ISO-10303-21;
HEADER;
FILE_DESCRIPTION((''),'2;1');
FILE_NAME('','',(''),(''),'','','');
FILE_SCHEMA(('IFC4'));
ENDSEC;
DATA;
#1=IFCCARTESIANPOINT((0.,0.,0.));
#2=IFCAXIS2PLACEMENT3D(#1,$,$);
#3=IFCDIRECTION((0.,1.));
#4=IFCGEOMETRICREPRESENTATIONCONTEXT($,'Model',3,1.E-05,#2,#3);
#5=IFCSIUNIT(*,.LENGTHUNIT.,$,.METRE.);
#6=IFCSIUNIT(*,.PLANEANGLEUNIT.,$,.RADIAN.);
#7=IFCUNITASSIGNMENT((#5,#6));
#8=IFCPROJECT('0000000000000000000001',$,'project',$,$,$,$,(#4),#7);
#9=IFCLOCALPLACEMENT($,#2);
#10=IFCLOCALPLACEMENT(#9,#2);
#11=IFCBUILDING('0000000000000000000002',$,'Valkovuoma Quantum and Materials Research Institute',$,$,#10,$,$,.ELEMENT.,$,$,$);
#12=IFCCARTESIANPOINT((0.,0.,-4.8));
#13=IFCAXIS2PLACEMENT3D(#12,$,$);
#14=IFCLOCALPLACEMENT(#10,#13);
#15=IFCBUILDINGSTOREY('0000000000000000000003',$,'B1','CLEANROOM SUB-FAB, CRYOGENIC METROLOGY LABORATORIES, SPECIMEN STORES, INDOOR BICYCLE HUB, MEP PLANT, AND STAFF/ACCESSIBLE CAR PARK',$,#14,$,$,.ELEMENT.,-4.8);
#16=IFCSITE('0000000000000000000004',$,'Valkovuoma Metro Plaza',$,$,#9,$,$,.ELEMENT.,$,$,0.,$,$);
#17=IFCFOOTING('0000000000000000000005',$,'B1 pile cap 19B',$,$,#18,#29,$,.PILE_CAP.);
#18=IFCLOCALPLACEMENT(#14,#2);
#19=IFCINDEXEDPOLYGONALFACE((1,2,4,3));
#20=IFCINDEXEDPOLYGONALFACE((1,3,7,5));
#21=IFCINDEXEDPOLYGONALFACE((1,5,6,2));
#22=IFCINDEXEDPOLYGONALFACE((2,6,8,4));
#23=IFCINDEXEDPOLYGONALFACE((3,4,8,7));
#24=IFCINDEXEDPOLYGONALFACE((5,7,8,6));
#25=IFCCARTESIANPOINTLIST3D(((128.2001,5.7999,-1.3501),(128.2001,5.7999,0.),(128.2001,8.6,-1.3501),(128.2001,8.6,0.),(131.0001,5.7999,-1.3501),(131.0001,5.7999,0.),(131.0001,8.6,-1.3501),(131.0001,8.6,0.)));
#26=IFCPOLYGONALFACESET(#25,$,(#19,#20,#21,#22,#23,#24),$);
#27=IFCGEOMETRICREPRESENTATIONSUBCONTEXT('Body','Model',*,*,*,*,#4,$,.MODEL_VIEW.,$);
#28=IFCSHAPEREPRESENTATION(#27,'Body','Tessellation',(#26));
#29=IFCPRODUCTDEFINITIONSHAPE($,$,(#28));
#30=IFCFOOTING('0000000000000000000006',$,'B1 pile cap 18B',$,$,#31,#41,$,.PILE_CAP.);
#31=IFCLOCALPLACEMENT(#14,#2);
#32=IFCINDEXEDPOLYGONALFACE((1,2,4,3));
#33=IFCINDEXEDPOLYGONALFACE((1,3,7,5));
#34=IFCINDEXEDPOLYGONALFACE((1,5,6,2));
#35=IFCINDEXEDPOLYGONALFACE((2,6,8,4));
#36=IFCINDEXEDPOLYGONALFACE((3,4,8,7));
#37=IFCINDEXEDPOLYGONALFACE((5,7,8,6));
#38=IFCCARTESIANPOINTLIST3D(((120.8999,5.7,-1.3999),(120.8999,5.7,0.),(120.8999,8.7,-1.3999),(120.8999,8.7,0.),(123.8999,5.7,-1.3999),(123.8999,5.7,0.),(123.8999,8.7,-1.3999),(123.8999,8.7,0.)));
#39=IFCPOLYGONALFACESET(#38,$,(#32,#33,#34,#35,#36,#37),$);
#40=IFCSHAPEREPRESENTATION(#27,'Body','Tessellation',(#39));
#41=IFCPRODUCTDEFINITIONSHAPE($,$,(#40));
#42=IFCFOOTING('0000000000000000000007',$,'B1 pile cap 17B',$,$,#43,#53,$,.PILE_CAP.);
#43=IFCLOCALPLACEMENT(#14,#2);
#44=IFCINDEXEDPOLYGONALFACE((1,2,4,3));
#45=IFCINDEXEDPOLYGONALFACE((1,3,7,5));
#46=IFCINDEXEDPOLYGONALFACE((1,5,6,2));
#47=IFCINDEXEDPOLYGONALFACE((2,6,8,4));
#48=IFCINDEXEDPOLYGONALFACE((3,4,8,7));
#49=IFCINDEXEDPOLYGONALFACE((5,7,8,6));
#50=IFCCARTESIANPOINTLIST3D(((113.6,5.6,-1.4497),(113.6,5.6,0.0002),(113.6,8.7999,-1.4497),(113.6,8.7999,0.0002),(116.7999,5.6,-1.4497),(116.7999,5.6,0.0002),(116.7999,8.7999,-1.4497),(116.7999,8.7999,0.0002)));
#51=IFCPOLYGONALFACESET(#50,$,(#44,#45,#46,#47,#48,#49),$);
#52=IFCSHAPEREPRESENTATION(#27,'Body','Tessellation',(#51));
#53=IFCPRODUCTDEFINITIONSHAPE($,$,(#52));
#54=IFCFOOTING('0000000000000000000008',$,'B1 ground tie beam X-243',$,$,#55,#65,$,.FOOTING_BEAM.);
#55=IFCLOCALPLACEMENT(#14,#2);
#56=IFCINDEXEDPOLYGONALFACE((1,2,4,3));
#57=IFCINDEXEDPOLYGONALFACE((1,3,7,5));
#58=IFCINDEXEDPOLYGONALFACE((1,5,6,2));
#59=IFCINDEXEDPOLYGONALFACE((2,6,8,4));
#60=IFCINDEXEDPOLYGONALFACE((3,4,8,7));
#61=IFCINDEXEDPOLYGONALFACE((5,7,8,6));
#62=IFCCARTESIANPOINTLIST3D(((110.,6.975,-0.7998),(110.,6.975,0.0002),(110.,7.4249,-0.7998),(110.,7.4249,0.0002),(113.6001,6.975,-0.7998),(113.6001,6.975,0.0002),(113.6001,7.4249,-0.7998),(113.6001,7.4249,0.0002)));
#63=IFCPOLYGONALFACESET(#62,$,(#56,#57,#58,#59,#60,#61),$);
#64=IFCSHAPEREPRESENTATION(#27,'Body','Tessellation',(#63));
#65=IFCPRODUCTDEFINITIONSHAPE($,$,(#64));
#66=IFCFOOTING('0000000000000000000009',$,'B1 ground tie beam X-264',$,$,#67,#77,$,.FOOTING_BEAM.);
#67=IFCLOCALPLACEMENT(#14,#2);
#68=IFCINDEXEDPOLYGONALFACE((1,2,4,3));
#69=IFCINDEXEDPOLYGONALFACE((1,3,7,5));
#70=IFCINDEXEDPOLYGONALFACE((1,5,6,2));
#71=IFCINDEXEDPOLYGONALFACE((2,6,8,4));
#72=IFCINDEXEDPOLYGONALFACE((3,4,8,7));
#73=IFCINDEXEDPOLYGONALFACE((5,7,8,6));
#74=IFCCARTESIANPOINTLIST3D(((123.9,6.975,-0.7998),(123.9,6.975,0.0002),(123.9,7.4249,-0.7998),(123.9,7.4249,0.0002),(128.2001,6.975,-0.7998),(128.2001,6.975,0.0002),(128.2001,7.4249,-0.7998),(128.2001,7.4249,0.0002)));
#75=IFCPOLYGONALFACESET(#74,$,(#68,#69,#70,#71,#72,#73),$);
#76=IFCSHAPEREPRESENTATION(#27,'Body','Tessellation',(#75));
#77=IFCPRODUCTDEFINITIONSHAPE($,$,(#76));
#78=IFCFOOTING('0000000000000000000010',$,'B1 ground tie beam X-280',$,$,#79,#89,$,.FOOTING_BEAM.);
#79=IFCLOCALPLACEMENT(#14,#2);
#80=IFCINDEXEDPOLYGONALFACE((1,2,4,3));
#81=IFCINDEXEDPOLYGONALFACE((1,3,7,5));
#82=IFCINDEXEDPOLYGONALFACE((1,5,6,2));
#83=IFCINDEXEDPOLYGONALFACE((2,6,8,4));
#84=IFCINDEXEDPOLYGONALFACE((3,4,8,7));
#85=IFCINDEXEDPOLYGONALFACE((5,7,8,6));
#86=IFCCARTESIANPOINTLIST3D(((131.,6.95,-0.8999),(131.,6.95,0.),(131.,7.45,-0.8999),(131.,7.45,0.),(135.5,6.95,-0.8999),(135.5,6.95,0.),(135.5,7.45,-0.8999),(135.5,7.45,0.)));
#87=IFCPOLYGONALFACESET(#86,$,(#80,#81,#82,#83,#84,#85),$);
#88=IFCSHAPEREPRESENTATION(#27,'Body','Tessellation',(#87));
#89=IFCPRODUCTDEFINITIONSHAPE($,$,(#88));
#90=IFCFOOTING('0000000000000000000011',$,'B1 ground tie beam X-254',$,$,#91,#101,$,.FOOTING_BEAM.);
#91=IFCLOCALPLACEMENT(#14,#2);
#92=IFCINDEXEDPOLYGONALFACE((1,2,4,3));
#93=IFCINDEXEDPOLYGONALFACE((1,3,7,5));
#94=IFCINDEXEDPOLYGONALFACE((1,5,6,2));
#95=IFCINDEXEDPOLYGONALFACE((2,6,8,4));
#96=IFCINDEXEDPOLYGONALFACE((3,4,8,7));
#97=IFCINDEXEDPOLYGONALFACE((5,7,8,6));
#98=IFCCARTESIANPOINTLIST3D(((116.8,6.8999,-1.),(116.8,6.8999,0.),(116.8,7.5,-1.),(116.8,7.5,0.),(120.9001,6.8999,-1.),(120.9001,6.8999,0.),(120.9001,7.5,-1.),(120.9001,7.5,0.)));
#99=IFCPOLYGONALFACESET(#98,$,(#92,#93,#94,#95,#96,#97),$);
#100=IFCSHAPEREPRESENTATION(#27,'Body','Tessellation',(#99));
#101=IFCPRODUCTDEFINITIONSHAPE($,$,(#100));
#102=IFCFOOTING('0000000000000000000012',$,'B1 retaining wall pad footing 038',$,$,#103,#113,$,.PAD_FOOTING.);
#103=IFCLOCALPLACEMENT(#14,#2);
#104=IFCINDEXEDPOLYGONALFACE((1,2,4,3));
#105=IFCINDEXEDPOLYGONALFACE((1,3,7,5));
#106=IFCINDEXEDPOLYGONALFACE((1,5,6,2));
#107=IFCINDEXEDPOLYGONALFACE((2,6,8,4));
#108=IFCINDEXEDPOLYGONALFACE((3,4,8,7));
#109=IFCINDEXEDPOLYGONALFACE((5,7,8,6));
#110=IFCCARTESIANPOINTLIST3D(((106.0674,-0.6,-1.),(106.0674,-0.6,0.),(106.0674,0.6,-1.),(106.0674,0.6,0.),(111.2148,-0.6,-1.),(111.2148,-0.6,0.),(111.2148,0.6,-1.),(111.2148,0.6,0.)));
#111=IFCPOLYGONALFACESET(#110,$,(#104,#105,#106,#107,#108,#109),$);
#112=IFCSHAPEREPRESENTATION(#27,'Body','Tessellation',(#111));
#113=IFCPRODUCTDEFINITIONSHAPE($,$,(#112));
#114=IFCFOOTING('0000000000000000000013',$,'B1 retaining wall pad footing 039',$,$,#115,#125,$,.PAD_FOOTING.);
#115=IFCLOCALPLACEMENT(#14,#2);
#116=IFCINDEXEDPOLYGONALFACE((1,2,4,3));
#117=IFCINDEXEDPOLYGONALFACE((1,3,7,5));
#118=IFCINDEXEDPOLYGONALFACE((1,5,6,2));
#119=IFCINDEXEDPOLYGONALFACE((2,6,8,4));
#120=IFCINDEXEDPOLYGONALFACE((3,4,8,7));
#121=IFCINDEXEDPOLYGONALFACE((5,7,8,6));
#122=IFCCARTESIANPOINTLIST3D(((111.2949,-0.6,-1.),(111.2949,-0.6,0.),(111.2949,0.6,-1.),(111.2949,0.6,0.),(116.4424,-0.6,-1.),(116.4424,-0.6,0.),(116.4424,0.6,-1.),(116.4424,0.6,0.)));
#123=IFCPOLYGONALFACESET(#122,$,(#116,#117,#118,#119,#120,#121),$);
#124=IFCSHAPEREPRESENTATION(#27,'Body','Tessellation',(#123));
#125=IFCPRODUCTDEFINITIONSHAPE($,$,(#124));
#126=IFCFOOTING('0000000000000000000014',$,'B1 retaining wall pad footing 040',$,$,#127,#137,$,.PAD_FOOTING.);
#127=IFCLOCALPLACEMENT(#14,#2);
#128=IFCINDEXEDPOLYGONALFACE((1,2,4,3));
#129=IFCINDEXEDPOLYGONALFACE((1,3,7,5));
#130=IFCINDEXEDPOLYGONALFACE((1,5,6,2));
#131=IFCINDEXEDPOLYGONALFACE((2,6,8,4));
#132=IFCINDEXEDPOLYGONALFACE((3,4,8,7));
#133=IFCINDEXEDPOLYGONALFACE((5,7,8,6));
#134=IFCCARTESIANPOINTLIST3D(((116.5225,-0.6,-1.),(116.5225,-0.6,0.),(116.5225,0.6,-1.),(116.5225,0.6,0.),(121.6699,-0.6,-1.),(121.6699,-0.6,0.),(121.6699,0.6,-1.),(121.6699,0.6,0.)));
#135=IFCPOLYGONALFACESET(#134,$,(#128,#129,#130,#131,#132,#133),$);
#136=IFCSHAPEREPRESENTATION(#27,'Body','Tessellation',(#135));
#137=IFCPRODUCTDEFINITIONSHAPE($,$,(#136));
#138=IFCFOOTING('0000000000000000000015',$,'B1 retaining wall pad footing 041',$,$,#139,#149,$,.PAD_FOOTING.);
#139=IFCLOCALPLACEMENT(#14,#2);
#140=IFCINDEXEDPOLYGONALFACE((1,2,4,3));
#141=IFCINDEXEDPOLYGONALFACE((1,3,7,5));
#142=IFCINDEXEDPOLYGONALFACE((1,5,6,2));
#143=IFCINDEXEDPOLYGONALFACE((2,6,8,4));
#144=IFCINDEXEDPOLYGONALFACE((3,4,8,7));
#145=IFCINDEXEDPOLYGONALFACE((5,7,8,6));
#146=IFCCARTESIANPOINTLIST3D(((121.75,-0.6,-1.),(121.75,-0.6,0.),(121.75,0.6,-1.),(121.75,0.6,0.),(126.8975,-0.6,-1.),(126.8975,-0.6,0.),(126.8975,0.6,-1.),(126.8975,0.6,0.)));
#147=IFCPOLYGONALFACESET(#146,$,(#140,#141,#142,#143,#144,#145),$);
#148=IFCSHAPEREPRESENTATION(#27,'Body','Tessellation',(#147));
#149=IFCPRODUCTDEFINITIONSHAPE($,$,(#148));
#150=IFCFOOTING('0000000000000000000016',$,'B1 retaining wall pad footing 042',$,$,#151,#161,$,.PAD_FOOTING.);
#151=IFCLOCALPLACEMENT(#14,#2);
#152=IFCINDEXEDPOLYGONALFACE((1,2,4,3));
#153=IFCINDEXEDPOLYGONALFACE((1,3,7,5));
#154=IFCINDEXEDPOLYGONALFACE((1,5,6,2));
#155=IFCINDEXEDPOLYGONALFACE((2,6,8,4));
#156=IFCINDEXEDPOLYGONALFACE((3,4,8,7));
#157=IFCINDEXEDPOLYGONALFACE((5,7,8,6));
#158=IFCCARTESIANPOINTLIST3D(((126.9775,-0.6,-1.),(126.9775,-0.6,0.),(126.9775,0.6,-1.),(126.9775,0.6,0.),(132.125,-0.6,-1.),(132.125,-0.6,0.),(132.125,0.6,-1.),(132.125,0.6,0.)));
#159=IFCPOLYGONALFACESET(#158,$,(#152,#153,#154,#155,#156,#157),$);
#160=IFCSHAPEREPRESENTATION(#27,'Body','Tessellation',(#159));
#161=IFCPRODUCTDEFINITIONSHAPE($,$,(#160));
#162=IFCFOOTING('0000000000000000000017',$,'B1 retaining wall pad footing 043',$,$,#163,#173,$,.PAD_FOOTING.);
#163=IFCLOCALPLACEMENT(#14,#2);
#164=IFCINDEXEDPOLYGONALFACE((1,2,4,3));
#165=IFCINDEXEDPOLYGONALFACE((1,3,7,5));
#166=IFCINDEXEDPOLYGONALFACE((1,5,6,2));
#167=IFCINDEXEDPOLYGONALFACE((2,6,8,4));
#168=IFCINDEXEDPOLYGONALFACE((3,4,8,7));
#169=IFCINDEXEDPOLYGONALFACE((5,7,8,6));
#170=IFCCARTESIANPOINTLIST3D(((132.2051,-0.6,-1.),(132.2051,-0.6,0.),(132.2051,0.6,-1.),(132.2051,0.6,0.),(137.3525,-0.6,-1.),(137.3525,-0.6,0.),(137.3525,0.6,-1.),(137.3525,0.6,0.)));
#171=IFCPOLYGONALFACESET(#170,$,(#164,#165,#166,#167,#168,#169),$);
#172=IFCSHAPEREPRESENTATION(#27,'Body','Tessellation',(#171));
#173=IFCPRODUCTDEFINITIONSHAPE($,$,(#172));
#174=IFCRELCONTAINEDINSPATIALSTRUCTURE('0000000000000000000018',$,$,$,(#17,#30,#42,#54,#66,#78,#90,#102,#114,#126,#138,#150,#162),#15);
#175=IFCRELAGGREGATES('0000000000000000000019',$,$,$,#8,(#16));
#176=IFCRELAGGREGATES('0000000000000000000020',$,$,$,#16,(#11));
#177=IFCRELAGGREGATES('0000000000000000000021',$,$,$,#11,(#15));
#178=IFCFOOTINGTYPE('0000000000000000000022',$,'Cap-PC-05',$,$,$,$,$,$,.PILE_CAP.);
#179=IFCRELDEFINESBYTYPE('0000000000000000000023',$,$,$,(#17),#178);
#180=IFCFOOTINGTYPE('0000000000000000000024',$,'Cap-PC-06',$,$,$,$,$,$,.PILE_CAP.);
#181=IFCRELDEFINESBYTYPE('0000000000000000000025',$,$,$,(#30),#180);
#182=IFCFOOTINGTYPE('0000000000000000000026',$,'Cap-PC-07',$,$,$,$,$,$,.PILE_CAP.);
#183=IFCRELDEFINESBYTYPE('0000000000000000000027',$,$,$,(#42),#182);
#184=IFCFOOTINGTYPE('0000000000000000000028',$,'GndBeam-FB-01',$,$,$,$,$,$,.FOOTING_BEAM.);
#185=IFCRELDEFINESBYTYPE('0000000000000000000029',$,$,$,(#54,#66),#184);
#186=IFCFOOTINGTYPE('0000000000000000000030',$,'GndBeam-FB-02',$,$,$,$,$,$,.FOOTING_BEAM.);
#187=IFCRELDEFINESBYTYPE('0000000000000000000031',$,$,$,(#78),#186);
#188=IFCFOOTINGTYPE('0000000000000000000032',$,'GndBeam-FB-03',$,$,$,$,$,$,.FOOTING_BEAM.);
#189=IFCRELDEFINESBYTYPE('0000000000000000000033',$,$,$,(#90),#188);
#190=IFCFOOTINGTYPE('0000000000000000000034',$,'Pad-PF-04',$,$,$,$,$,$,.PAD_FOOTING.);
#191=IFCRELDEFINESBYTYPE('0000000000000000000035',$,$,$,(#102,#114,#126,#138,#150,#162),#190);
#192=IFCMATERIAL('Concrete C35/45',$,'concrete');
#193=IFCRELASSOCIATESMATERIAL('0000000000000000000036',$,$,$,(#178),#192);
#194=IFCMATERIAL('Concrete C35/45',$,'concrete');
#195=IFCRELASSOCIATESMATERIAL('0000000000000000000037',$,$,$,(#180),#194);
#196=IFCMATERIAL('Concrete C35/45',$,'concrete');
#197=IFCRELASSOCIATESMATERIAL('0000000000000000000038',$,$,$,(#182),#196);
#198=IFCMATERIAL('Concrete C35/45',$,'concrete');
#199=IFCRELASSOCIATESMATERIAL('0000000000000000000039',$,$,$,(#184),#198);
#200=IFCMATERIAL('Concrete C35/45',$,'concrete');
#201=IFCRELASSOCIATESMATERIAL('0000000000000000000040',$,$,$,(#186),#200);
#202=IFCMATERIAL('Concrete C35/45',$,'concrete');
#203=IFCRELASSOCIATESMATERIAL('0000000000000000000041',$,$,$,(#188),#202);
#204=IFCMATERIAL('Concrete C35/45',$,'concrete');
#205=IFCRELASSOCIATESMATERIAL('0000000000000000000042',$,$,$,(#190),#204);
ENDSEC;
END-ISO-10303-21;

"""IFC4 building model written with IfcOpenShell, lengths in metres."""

from ifc_helpers import new_model, si_unit, direction, frame, origin, origin_2d, place, context, subcontext, project, spatial, rectangle, extrude, material, type_object, element, save


model = new_model("IFC4")

# Units and contexts
model_context = context("Model", 3, precision=1e-05, world=origin(), true_north=direction((0.0, 1.0)))
body_context = subcontext(model_context, "Body", "Model", "MODEL_VIEW")
ifc_project = project(units=[si_unit("LENGTHUNIT", "METRE"), si_unit("PLANEANGLEUNIT", "RADIAN")], contexts=[model_context])

# Site, building, storey
site_placement = place(None, origin())
site = spatial("IfcSite", under=ifc_project, at=site_placement, Name="Valkovuoma Metro Plaza", CompositionType="ELEMENT", RefElevation=0.0)
building_placement = place(site_placement, origin())
building = spatial("IfcBuilding", under=site, at=building_placement, Name="Valkovuoma Quantum and Materials Research Institute", CompositionType="ELEMENT")
storey_placement = place(building_placement, frame((0.0, 0.0, -4.8)))
storey = spatial("IfcBuildingStorey", under=building, at=storey_placement, Name="B1", Description="CLEANROOM SUB-FAB, CRYOGENIC METROLOGY LABORATORIES, SPECIMEN STORES, INDOOR BICYCLE HUB, MEP PLANT, AND STAFF/ACCESSIBLE CAR PARK", CompositionType="ELEMENT", Elevation=-4.8)

# Footings
ifc_material_1 = material(Name="Concrete C35/45", Category="concrete")
footing_type_1 = type_object("IfcFootingType", Name="Cap-PC-05", PredefinedType="PILE_CAP", material=ifc_material_1)
footing_1_placement = place(storey_placement, frame((129.6001, 7.2, -1.3501), z_axis=(0.0, 0.0, 1.0), x_axis=(1.0, 0.0, 0.0)))
element("IfcFooting", 1, at=footing_1_placement, inside=storey, type_object=footing_type_1, Name="B1 pile cap 19B", PredefinedType="PILE_CAP", context=body_context, shape_type="SweptSolid", body=[
    extrude(rectangle(XDim=2.8, YDim=2.8, at=origin_2d()), origin(), (0.0, 0.0, 1.0), 1.3501),
])
ifc_material_2 = material(Name="Concrete C35/45", Category="concrete")
footing_type_2 = type_object("IfcFootingType", Name="Cap-PC-06", PredefinedType="PILE_CAP", material=ifc_material_2)
footing_2_placement = place(storey_placement, frame((122.3999, 7.2, -1.3999), z_axis=(0.0, 0.0, 1.0), x_axis=(1.0, 0.0, 0.0)))
element("IfcFooting", 2, at=footing_2_placement, inside=storey, type_object=footing_type_2, Name="B1 pile cap 18B", PredefinedType="PILE_CAP", context=body_context, shape_type="SweptSolid", body=[
    extrude(rectangle(XDim=3.0, YDim=3.0, at=origin_2d()), origin(), (0.0, 0.0, 1.0), 1.3999),
])
ifc_material_3 = material(Name="Concrete C35/45", Category="concrete")
footing_type_3 = type_object("IfcFootingType", Name="Cap-PC-07", PredefinedType="PILE_CAP", material=ifc_material_3)
footing_3_placement = place(storey_placement, frame((115.2, 7.2, -1.4497), z_axis=(0.0, 0.0, 1.0), x_axis=(1.0, 0.0, 0.0)))
element("IfcFooting", 3, at=footing_3_placement, inside=storey, type_object=footing_type_3, Name="B1 pile cap 17B", PredefinedType="PILE_CAP", context=body_context, shape_type="SweptSolid", body=[
    extrude(rectangle(XDim=3.2, YDim=3.2, at=origin_2d()), origin(), (0.0, 0.0, 1.0), 1.45),
])
ifc_material_4 = material(Name="Concrete C35/45", Category="concrete")
footing_type_4 = type_object("IfcFootingType", Name="GndBeam-FB-01", PredefinedType="FOOTING_BEAM", material=ifc_material_4)
footing_4_placement = place(storey_placement, frame((111.8, 7.2, -0.7998), z_axis=(0.0, 0.0, 1.0), x_axis=(1.0, 0.0, 0.0)))
element("IfcFooting", 4, at=footing_4_placement, inside=storey, type_object=footing_type_4, Name="B1 ground tie beam X-243", PredefinedType="FOOTING_BEAM", context=body_context, shape_type="SweptSolid", body=[
    extrude(rectangle(XDim=3.6001, YDim=0.45, at=origin_2d()), origin(), (0.0, 0.0, 1.0), 0.8),
])
footing_5_placement = place(storey_placement, frame((126.05, 7.2, -0.7998), z_axis=(0.0, 0.0, 1.0), x_axis=(1.0, 0.0, 0.0)))
element("IfcFooting", 5, at=footing_5_placement, inside=storey, type_object=footing_type_4, Name="B1 ground tie beam X-264", PredefinedType="FOOTING_BEAM", context=body_context, shape_type="SweptSolid", body=[
    extrude(rectangle(XDim=4.3, YDim=0.45, at=origin_2d()), origin(), (0.0, 0.0, 1.0), 0.8),
])
ifc_material_5 = material(Name="Concrete C35/45", Category="concrete")
footing_type_5 = type_object("IfcFootingType", Name="GndBeam-FB-02", PredefinedType="FOOTING_BEAM", material=ifc_material_5)
footing_6_placement = place(storey_placement, frame((133.25, 7.2, -0.8999), z_axis=(0.0, 0.0, 1.0), x_axis=(1.0, 0.0, 0.0)))
element("IfcFooting", 6, at=footing_6_placement, inside=storey, type_object=footing_type_5, Name="B1 ground tie beam X-280", PredefinedType="FOOTING_BEAM", context=body_context, shape_type="SweptSolid", body=[
    extrude(rectangle(XDim=4.5, YDim=0.5, at=origin_2d()), origin(), (0.0, 0.0, 1.0), 0.8999),
])
ifc_material_6 = material(Name="Concrete C35/45", Category="concrete")
footing_type_6 = type_object("IfcFootingType", Name="GndBeam-FB-03", PredefinedType="FOOTING_BEAM", material=ifc_material_6)
footing_7_placement = place(storey_placement, frame((118.8501, 7.2, -1.0), z_axis=(0.0, 0.0, 1.0), x_axis=(1.0, 0.0, 0.0)))
element("IfcFooting", 7, at=footing_7_placement, inside=storey, type_object=footing_type_6, Name="B1 ground tie beam X-254", PredefinedType="FOOTING_BEAM", context=body_context, shape_type="SweptSolid", body=[
    extrude(rectangle(XDim=4.1001, YDim=0.6001, at=origin_2d()), origin(), (0.0, 0.0, 1.0), 1.0),
])
ifc_material_7 = material(Name="Concrete C35/45", Category="concrete")
footing_type_7 = type_object("IfcFootingType", Name="Pad-PF-04", PredefinedType="PAD_FOOTING", material=ifc_material_7)
for number, where, z_axis, x_axis, name in (
    (8, (108.6411, 0.0, -1.0), (0.0, 0.0, 1.0), (1.0, 0.0, 0.0), "B1 retaining wall pad footing 038"),
    (9, (113.8687, 0.0, -1.0), (0.0, 0.0, 1.0), (1.0, 0.0, 0.0), "B1 retaining wall pad footing 039"),
    (10, (119.0962, 0.0, -1.0), (0.0, 0.0, 1.0), (1.0, 0.0, 0.0), "B1 retaining wall pad footing 040"),
    (11, (124.3237, 0.0, -1.0), (0.0, 0.0, 1.0), (1.0, 0.0, 0.0), "B1 retaining wall pad footing 041"),
    (12, (129.5513, 0.0, -1.0), (0.0, 0.0, 1.0), (1.0, 0.0, 0.0), "B1 retaining wall pad footing 042"),
    (13, (134.7788, 0.0, -1.0), (0.0, 0.0, 1.0), (1.0, 0.0, 0.0), "B1 retaining wall pad footing 043"),
):
    element("IfcFooting", number, at=place(storey_placement, frame(where, z_axis=z_axis, x_axis=x_axis)), inside=storey, type_object=footing_type_7, Name=name, PredefinedType="PAD_FOOTING", context=body_context, shape_type="SweptSolid", body=[
        extrude(rectangle(XDim=5.1475, YDim=1.2, at=origin_2d()), origin(), (0.0, 0.0, 1.0), 1.0),
    ])

save(model, "model.ifc")
